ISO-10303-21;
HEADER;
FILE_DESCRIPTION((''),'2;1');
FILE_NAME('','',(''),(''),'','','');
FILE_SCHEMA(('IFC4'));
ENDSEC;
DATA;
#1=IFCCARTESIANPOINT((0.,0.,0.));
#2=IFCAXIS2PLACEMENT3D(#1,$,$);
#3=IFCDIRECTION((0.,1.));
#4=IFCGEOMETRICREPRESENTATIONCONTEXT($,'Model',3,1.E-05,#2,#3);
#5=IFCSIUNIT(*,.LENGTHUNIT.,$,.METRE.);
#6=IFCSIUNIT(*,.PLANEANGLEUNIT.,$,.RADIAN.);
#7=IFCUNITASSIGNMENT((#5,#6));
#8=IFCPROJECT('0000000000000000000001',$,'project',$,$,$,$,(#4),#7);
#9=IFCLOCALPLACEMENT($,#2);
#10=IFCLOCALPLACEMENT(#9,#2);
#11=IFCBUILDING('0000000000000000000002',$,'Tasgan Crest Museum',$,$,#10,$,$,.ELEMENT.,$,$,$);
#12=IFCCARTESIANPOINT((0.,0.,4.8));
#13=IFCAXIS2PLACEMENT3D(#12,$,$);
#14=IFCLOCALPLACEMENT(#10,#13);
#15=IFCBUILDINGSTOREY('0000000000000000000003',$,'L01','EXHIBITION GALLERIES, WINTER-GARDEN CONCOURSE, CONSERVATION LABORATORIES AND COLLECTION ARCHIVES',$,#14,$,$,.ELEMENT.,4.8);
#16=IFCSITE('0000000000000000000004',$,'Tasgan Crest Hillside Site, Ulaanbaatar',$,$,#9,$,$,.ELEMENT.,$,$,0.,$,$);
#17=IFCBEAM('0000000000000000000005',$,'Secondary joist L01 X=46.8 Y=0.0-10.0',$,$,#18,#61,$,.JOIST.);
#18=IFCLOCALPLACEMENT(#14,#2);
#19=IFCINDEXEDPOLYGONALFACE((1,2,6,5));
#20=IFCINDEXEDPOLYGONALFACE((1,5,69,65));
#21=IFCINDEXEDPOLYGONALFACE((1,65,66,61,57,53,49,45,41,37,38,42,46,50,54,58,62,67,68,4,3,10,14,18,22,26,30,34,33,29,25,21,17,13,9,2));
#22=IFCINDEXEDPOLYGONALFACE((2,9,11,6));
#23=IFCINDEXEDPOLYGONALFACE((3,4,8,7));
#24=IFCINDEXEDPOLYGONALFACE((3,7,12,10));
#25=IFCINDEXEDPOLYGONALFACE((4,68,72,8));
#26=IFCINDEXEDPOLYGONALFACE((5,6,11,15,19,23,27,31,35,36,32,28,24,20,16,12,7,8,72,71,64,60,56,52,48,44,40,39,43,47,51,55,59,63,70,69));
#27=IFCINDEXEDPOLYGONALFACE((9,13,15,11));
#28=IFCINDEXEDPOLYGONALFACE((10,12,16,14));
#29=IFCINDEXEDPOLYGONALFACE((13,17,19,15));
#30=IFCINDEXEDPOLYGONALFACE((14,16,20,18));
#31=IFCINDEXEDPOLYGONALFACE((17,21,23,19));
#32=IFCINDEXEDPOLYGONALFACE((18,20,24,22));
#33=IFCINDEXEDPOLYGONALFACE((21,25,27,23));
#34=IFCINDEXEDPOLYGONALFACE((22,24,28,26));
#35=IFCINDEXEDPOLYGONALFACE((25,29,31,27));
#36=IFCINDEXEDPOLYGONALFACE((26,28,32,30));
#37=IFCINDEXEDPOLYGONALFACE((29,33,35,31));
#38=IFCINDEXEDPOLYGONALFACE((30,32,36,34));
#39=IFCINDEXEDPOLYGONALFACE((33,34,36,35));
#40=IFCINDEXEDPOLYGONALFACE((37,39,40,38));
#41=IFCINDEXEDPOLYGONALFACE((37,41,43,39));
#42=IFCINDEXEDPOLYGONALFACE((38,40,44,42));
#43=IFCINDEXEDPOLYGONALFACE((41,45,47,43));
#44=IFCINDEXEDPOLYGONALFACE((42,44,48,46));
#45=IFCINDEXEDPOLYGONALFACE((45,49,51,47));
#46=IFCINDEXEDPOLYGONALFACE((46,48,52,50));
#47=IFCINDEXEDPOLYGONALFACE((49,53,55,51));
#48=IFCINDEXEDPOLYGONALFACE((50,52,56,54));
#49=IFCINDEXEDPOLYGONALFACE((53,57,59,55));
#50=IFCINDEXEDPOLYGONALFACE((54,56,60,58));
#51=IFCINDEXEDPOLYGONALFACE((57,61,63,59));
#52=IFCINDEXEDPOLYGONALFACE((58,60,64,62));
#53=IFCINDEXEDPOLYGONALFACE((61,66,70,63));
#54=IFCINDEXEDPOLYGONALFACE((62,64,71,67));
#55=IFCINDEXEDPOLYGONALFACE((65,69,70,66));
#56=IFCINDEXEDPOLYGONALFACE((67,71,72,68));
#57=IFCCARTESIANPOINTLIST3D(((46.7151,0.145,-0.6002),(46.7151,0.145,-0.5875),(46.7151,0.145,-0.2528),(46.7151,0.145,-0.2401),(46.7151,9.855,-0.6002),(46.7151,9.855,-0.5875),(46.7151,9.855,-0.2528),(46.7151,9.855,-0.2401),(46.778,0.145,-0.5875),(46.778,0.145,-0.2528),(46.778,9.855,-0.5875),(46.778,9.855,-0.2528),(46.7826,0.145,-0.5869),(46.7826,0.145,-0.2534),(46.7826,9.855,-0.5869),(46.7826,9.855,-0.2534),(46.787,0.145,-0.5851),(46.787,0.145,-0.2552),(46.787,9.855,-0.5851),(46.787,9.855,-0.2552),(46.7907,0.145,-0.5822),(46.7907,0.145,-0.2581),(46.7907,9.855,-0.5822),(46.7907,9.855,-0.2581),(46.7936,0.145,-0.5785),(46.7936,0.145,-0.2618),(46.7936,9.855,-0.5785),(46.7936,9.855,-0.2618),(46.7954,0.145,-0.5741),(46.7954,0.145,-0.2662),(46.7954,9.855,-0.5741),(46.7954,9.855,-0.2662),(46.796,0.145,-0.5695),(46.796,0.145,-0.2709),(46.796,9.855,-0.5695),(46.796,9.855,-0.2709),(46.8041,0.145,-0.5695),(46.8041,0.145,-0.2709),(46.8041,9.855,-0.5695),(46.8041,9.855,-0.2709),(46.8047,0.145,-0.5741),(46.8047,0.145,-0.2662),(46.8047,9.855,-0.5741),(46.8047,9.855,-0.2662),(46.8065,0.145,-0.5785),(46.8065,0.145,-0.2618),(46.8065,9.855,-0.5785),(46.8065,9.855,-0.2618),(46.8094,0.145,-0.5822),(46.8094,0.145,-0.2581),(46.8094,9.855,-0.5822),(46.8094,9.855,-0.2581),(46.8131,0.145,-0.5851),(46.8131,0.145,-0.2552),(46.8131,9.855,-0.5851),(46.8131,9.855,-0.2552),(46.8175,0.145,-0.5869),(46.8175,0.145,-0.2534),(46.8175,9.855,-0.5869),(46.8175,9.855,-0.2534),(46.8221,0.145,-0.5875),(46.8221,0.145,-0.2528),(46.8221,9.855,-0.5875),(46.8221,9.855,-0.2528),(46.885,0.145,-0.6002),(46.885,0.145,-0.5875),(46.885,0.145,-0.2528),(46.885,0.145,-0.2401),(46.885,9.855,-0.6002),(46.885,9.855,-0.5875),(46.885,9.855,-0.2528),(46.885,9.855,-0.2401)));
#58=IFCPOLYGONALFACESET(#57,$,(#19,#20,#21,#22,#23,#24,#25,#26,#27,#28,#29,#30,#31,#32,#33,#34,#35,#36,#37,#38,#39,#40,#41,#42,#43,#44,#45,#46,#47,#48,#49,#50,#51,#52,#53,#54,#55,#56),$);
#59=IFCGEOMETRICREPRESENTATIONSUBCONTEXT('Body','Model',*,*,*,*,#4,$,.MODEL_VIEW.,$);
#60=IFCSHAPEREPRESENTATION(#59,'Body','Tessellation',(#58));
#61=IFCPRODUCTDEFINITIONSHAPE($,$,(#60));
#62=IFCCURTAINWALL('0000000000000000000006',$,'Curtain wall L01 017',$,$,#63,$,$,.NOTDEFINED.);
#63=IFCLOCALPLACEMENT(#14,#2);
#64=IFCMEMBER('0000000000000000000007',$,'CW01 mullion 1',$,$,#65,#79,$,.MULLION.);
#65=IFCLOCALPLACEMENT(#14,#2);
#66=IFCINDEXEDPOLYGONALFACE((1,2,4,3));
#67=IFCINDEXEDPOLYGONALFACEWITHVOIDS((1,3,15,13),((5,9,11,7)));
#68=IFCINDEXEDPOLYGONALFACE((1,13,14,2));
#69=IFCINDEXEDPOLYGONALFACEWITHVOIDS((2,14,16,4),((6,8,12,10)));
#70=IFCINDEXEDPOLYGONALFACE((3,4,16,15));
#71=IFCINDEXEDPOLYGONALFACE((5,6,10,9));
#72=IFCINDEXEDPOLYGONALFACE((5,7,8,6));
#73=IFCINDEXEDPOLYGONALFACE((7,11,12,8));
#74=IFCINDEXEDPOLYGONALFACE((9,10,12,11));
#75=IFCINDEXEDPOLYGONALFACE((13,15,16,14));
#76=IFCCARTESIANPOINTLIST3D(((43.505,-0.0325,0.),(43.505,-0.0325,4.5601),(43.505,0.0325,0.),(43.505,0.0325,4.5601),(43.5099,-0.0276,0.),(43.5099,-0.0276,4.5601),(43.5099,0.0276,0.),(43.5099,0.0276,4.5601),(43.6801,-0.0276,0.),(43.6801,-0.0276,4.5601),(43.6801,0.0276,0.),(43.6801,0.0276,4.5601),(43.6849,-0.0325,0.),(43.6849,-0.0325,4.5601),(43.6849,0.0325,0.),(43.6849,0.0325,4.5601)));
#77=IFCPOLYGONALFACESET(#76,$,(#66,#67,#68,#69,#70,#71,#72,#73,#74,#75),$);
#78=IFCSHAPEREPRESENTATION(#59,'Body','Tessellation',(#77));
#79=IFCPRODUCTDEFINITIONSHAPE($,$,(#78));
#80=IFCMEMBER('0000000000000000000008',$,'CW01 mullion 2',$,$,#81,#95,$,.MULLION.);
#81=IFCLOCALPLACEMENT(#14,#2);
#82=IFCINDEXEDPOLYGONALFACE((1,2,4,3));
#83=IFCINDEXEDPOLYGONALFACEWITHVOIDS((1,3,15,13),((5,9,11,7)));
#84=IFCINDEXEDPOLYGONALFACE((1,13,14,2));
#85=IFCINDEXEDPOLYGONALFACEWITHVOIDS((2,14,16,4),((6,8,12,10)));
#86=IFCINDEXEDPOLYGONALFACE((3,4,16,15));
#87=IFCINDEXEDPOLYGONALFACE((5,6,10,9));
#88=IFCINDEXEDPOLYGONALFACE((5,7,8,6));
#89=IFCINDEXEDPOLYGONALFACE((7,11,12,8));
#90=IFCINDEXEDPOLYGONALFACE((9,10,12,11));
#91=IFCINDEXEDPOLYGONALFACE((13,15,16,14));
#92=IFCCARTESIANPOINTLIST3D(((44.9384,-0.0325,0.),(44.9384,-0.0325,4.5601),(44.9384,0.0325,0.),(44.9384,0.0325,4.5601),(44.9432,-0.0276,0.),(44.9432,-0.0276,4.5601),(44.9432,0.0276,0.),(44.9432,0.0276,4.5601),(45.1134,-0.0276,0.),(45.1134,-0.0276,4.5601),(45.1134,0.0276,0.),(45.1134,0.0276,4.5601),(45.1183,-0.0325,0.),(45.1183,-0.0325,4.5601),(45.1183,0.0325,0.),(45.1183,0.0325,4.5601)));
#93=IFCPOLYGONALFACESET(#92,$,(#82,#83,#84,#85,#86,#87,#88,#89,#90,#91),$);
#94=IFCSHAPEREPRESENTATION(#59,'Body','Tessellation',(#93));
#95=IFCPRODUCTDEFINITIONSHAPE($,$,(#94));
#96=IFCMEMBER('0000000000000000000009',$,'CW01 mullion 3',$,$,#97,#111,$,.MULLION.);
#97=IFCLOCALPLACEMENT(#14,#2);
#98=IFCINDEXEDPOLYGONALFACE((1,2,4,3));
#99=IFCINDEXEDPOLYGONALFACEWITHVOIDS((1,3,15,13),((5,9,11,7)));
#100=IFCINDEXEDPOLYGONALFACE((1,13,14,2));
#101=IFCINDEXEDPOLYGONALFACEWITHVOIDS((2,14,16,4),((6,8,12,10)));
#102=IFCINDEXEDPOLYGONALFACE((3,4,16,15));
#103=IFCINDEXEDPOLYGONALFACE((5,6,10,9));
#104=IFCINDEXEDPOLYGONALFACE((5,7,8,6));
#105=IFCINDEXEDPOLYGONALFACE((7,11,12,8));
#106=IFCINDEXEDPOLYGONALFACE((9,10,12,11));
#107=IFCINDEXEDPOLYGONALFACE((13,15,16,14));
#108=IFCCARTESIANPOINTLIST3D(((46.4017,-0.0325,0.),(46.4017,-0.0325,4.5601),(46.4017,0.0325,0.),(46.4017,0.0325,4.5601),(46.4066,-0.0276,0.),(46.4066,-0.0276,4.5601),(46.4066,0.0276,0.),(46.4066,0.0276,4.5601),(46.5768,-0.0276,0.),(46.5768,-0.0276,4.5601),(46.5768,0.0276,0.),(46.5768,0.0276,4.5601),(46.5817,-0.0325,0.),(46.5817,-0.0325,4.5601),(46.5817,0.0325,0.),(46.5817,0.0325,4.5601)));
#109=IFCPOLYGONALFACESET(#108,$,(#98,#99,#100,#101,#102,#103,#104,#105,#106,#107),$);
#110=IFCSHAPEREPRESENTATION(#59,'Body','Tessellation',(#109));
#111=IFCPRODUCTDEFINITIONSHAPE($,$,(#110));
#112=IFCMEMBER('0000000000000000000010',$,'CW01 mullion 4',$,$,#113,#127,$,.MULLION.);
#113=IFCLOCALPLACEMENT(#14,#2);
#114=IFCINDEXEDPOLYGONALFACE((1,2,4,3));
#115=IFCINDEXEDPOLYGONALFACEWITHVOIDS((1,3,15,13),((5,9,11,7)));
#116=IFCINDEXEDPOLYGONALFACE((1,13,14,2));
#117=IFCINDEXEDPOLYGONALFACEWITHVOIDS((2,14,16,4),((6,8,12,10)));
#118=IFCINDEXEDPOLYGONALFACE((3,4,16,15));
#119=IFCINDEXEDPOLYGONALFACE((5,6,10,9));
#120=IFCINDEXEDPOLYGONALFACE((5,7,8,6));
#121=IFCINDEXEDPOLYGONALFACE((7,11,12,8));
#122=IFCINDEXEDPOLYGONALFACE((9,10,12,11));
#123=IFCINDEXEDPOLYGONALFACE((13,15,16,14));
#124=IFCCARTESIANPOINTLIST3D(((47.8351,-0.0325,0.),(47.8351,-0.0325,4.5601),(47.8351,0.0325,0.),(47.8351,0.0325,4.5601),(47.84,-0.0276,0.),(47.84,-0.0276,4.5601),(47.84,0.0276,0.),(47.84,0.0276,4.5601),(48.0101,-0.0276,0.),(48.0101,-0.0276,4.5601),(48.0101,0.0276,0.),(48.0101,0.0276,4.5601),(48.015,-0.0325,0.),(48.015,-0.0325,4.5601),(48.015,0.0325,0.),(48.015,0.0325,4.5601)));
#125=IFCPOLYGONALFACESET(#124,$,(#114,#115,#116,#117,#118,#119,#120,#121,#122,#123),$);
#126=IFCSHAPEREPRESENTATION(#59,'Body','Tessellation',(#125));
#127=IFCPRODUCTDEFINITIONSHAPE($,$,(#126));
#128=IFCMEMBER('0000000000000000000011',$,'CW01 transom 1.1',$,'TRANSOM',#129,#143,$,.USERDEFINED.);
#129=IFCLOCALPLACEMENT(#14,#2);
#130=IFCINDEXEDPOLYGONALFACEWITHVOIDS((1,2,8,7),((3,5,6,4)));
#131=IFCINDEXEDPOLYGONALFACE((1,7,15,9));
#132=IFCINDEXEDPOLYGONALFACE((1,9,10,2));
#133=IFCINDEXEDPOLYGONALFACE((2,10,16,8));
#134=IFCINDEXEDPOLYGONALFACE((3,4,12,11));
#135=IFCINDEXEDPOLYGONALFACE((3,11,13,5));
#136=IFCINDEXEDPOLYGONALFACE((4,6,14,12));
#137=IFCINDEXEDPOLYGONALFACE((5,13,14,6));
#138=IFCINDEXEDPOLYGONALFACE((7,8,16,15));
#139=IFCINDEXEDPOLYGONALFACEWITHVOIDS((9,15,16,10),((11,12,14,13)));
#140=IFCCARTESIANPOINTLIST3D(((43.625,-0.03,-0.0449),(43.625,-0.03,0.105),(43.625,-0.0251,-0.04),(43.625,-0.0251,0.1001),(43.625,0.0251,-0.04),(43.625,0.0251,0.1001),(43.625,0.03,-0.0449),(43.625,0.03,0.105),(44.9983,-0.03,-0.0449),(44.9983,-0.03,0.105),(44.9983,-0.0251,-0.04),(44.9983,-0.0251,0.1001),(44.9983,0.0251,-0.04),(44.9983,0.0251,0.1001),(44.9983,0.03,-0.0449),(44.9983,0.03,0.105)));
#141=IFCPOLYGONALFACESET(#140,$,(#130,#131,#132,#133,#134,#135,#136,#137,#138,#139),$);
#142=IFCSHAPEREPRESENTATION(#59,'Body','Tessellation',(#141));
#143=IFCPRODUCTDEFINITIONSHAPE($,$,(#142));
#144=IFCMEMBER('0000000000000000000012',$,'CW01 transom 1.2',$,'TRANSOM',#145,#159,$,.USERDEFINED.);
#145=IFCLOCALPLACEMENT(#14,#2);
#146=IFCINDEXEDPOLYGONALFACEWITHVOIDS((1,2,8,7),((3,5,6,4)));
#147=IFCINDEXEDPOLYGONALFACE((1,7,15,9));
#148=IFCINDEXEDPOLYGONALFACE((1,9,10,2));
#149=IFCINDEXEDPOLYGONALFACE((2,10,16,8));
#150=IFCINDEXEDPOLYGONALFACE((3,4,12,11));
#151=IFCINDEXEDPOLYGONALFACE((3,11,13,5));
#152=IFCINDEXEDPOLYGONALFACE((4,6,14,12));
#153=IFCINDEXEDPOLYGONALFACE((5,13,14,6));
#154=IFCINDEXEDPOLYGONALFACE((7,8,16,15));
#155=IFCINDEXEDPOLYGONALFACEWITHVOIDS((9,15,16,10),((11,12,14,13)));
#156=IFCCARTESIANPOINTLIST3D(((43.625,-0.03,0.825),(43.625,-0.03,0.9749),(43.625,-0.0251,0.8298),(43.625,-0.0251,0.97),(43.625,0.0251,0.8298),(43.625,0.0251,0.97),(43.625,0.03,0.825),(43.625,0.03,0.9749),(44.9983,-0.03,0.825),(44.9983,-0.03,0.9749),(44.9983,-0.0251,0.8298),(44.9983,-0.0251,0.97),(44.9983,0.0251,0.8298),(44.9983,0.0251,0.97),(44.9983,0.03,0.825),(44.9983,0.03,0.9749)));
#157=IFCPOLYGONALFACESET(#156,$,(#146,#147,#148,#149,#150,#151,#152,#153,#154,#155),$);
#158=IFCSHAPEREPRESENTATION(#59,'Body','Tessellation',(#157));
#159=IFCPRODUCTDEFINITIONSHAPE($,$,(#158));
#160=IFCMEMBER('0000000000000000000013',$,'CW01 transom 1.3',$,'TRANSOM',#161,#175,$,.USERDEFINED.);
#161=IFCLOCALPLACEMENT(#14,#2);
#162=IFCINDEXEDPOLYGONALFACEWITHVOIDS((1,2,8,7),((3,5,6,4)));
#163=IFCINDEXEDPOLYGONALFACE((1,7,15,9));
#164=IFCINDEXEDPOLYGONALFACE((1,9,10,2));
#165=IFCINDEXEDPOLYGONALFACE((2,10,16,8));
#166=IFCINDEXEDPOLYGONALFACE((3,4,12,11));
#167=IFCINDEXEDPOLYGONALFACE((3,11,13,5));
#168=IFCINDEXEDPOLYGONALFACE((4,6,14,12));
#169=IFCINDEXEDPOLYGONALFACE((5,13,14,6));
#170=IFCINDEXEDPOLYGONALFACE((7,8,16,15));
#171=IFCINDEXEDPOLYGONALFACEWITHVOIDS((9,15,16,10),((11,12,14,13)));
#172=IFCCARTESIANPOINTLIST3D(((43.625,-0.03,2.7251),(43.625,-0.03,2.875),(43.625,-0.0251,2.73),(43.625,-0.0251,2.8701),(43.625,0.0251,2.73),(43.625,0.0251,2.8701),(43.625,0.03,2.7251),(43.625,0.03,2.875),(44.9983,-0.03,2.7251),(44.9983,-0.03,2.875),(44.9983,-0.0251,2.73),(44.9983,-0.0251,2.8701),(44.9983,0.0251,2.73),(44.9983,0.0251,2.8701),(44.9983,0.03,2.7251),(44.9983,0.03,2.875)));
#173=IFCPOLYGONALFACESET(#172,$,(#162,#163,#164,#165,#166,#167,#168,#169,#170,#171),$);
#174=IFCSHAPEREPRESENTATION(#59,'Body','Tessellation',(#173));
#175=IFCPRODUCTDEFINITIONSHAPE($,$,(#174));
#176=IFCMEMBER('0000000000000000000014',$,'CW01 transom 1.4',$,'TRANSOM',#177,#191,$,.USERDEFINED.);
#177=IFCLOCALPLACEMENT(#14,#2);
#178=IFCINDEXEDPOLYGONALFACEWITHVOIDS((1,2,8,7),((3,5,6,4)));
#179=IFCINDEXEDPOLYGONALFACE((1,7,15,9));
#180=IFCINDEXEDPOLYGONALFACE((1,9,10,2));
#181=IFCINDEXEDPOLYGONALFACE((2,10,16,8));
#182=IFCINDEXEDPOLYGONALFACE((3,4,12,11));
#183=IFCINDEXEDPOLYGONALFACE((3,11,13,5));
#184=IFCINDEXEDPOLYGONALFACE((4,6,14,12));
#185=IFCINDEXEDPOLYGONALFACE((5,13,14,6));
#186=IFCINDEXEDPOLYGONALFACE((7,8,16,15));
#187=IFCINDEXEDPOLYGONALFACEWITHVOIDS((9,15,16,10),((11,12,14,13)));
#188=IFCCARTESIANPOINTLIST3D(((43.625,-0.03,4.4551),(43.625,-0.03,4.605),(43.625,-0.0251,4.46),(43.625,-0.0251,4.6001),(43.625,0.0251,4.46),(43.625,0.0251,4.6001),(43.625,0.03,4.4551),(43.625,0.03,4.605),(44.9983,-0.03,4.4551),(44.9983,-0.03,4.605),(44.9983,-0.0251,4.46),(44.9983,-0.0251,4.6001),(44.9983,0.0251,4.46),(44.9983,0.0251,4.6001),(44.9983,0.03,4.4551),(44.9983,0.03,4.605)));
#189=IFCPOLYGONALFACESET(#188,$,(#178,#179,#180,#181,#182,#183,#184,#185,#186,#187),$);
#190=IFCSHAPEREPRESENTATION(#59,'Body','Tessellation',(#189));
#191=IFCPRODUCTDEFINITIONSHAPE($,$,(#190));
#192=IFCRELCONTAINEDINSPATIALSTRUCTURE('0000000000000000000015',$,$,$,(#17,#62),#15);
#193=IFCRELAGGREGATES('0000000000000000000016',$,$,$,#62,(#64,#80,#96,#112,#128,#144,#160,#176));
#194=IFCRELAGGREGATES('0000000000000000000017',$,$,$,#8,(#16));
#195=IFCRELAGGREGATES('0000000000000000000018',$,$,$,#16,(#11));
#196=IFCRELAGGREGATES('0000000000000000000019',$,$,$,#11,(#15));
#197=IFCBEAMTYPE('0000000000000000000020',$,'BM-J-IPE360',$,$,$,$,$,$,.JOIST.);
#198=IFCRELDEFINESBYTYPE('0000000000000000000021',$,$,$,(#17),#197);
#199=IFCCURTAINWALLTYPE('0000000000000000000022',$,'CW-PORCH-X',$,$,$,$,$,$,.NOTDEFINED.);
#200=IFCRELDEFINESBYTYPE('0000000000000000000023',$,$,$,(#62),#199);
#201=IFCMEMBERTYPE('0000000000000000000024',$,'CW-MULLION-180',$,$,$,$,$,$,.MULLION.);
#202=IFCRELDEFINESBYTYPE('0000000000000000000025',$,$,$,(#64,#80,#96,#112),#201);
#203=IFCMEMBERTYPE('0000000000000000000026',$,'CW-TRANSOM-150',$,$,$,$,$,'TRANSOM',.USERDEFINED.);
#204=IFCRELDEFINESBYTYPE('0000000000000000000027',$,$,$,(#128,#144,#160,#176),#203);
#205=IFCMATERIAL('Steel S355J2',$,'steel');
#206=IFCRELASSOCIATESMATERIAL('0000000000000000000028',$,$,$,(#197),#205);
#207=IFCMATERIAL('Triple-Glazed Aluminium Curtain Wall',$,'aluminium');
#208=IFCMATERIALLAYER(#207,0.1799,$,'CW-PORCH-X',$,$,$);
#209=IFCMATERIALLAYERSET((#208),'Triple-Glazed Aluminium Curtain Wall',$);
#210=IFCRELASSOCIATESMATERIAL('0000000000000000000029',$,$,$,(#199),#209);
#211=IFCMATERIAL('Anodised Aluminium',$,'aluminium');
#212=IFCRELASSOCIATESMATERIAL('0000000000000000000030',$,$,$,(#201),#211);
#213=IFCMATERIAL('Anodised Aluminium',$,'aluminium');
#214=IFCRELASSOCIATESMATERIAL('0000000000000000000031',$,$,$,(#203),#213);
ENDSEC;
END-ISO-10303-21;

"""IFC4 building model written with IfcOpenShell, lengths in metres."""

from ifc_helpers import new_model, si_unit, direction, frame, origin, origin_2d, place, context, subcontext, project, spatial, hollow_rectangle, i_section, extrude, material, layer, layer_set, material_profile, profile_set, type_object, element, aggregate, save


model = new_model("IFC4")

# Units and contexts
model_context = context("Model", 3, precision=1e-05, world=origin(), true_north=direction((0.0, 1.0)))
body_context = subcontext(model_context, "Body", "Model", "MODEL_VIEW")
ifc_project = project(units=[si_unit("LENGTHUNIT", "METRE"), si_unit("PLANEANGLEUNIT", "RADIAN")], contexts=[model_context])

# Site, building, storey
site_placement = place(None, origin())
site = spatial("IfcSite", under=ifc_project, at=site_placement, Name="Tasgan Crest Hillside Site, Ulaanbaatar", CompositionType="ELEMENT", RefElevation=0.0)
building_placement = place(site_placement, origin())
building = spatial("IfcBuilding", under=site, at=building_placement, Name="Tasgan Crest Museum", CompositionType="ELEMENT")
storey_placement = place(building_placement, frame((0.0, 0.0, 4.8)))
storey = spatial("IfcBuildingStorey", under=building, at=storey_placement, Name="L01", Description="EXHIBITION GALLERIES, WINTER-GARDEN CONCOURSE, CONSERVATION LABORATORIES AND COLLECTION ARCHIVES", CompositionType="ELEMENT", Elevation=4.8)

# Beam
ifc_material_1 = material(Name="Steel S355J2", Category="steel")
ifc_material_profile_1 = material_profile(ifc_material_1, i_section(OverallWidth=0.1699, OverallDepth=0.3601, WebThickness=0.0081, FlangeThickness=0.0127, FilletRadius=0.0181, at=origin_2d()), Name="IPE 360")
ifc_profile_set_1 = profile_set([ifc_material_profile_1], Name="Steel S355J2")
beam_type_1 = type_object("IfcBeamType", Name="BM-J-IPE360", PredefinedType="JOIST", material=ifc_profile_set_1)
beam_1_placement = place(storey_placement, frame((46.8, 0.145, -0.4202), z_axis=(0.0, 1.0, 0.0), x_axis=(-1.0, 0.0, 0.0)))
element("IfcBeam", 1, at=beam_1_placement, inside=storey, type_object=beam_type_1, Name="Secondary joist L01 X=46.8 Y=0.0-10.0", PredefinedType="JOIST", context=body_context, shape_type="SweptSolid", body=[
    extrude(i_section(OverallWidth=0.1699, OverallDepth=0.3601, WebThickness=0.0081, FlangeThickness=0.0127, FilletRadius=0.0181, at=origin_2d()), origin(), (0.0, 0.0, 1.0), 9.71),
])

# Curtain wall, members
ifc_material_2 = material(Name="Triple-Glazed Aluminium Curtain Wall", Category="aluminium")
ifc_layer_1 = layer(ifc_material_2, 0.1799, Name="CW-PORCH-X")
ifc_layer_set_1 = layer_set([ifc_layer_1], Name="Triple-Glazed Aluminium Curtain Wall")
curtain_wall_type = type_object("IfcCurtainWallType", Name="CW-PORCH-X", PredefinedType="NOTDEFINED", material=ifc_layer_set_1)
curtain_wall_placement = place(storey_placement, origin())
curtain_wall = element("IfcCurtainWall", 2, at=curtain_wall_placement, inside=storey, type_object=curtain_wall_type, Name="Curtain wall L01 017", PredefinedType="NOTDEFINED")
ifc_material_3 = material(Name="Anodised Aluminium", Category="aluminium")
ifc_material_profile_2 = material_profile(ifc_material_3, hollow_rectangle(XDim=0.0649, YDim=0.1799, WallThickness=0.0049, at=origin_2d()), Name="ALU MULLION 180x65x5")
ifc_profile_set_2 = profile_set([ifc_material_profile_2], Name="Anodised Aluminium")
member_type_1 = type_object("IfcMemberType", Name="CW-MULLION-180", PredefinedType="MULLION", material=ifc_profile_set_2)
member_1_placement = place(storey_placement, frame((43.595, 0.0, 0.0), z_axis=(0.0, 0.0, 1.0), x_axis=(0.0, 1.0, 0.0)))
member_1 = element("IfcMember", 3, at=member_1_placement, type_object=member_type_1, Name="CW01 mullion 1", PredefinedType="MULLION", context=body_context, shape_type="SweptSolid", body=[
    extrude(hollow_rectangle(XDim=0.0649, YDim=0.1799, WallThickness=0.0049, at=origin_2d()), origin(), (0.0, 0.0, 1.0), 4.5601),
])
member_2_placement = place(storey_placement, frame((45.0283, 0.0, 0.0), z_axis=(0.0, 0.0, 1.0), x_axis=(0.0, 1.0, 0.0)))
member_2 = element("IfcMember", 4, at=member_2_placement, type_object=member_type_1, Name="CW01 mullion 2", PredefinedType="MULLION", context=body_context, shape_type="SweptSolid", body=[
    extrude(hollow_rectangle(XDim=0.0649, YDim=0.1799, WallThickness=0.0049, at=origin_2d()), origin(), (0.0, 0.0, 1.0), 4.5601),
])
member_3_placement = place(storey_placement, frame((46.4917, 0.0, 0.0), z_axis=(0.0, 0.0, 1.0), x_axis=(0.0, 1.0, 0.0)))
member_3 = element("IfcMember", 5, at=member_3_placement, type_object=member_type_1, Name="CW01 mullion 3", PredefinedType="MULLION", context=body_context, shape_type="SweptSolid", body=[
    extrude(hollow_rectangle(XDim=0.0649, YDim=0.1799, WallThickness=0.0049, at=origin_2d()), origin(), (0.0, 0.0, 1.0), 4.5601),
])
member_4_placement = place(storey_placement, frame((47.925, 0.0, 0.0), z_axis=(0.0, 0.0, 1.0), x_axis=(0.0, 1.0, 0.0)))
member_4 = element("IfcMember", 6, at=member_4_placement, type_object=member_type_1, Name="CW01 mullion 4", PredefinedType="MULLION", context=body_context, shape_type="SweptSolid", body=[
    extrude(hollow_rectangle(XDim=0.0649, YDim=0.1799, WallThickness=0.0049, at=origin_2d()), origin(), (0.0, 0.0, 1.0), 4.5601),
])
ifc_material_4 = material(Name="Anodised Aluminium", Category="aluminium")
ifc_material_profile_3 = material_profile(ifc_material_4, hollow_rectangle(XDim=0.0601, YDim=0.1499, WallThickness=0.0049, at=origin_2d()), Name="ALU TRANSOM 150x60x5")
ifc_profile_set_3 = profile_set([ifc_material_profile_3], Name="Anodised Aluminium")
member_type_2 = type_object("IfcMemberType", Name="CW-TRANSOM-150", ElementType="TRANSOM", PredefinedType="USERDEFINED", material=ifc_profile_set_3)
member_5_placement = place(storey_placement, frame((43.625, 0.0, 0.03), z_axis=(1.0, 0.0, 0.0), x_axis=(0.0, 1.0, 0.0)))
member_5 = element("IfcMember", 7, at=member_5_placement, type_object=member_type_2, Name="CW01 transom 1.1", ObjectType="TRANSOM", PredefinedType="USERDEFINED", context=body_context, shape_type="SweptSolid", body=[
    extrude(hollow_rectangle(XDim=0.0601, YDim=0.1499, WallThickness=0.0049, at=origin_2d()), origin(), (0.0, 0.0, 1.0), 1.3733),
])
member_6_placement = place(storey_placement, frame((43.625, 0.0, 0.8999), z_axis=(1.0, 0.0, 0.0), x_axis=(0.0, 1.0, 0.0)))
member_6 = element("IfcMember", 8, at=member_6_placement, type_object=member_type_2, Name="CW01 transom 1.2", ObjectType="TRANSOM", PredefinedType="USERDEFINED", context=body_context, shape_type="SweptSolid", body=[
    extrude(hollow_rectangle(XDim=0.0601, YDim=0.1499, WallThickness=0.0049, at=origin_2d()), origin(), (0.0, 0.0, 1.0), 1.3733),
])
member_7_placement = place(storey_placement, frame((43.625, 0.0, 2.8), z_axis=(1.0, 0.0, 0.0), x_axis=(0.0, 1.0, 0.0)))
member_7 = element("IfcMember", 9, at=member_7_placement, type_object=member_type_2, Name="CW01 transom 1.3", ObjectType="TRANSOM", PredefinedType="USERDEFINED", context=body_context, shape_type="SweptSolid", body=[
    extrude(hollow_rectangle(XDim=0.0601, YDim=0.1499, WallThickness=0.0049, at=origin_2d()), origin(), (0.0, 0.0, 1.0), 1.3733),
])
member_8_placement = place(storey_placement, frame((43.625, 0.0, 4.53), z_axis=(1.0, 0.0, 0.0), x_axis=(0.0, 1.0, 0.0)))
member_8 = element("IfcMember", 10, at=member_8_placement, type_object=member_type_2, Name="CW01 transom 1.4", ObjectType="TRANSOM", PredefinedType="USERDEFINED", context=body_context, shape_type="SweptSolid", body=[
    extrude(hollow_rectangle(XDim=0.0601, YDim=0.1499, WallThickness=0.0049, at=origin_2d()), origin(), (0.0, 0.0, 1.0), 1.3733),
])
aggregate(curtain_wall, [member_1, member_2, member_3, member_4, member_5, member_6, member_7, member_8])

save(model, "model.ifc")
